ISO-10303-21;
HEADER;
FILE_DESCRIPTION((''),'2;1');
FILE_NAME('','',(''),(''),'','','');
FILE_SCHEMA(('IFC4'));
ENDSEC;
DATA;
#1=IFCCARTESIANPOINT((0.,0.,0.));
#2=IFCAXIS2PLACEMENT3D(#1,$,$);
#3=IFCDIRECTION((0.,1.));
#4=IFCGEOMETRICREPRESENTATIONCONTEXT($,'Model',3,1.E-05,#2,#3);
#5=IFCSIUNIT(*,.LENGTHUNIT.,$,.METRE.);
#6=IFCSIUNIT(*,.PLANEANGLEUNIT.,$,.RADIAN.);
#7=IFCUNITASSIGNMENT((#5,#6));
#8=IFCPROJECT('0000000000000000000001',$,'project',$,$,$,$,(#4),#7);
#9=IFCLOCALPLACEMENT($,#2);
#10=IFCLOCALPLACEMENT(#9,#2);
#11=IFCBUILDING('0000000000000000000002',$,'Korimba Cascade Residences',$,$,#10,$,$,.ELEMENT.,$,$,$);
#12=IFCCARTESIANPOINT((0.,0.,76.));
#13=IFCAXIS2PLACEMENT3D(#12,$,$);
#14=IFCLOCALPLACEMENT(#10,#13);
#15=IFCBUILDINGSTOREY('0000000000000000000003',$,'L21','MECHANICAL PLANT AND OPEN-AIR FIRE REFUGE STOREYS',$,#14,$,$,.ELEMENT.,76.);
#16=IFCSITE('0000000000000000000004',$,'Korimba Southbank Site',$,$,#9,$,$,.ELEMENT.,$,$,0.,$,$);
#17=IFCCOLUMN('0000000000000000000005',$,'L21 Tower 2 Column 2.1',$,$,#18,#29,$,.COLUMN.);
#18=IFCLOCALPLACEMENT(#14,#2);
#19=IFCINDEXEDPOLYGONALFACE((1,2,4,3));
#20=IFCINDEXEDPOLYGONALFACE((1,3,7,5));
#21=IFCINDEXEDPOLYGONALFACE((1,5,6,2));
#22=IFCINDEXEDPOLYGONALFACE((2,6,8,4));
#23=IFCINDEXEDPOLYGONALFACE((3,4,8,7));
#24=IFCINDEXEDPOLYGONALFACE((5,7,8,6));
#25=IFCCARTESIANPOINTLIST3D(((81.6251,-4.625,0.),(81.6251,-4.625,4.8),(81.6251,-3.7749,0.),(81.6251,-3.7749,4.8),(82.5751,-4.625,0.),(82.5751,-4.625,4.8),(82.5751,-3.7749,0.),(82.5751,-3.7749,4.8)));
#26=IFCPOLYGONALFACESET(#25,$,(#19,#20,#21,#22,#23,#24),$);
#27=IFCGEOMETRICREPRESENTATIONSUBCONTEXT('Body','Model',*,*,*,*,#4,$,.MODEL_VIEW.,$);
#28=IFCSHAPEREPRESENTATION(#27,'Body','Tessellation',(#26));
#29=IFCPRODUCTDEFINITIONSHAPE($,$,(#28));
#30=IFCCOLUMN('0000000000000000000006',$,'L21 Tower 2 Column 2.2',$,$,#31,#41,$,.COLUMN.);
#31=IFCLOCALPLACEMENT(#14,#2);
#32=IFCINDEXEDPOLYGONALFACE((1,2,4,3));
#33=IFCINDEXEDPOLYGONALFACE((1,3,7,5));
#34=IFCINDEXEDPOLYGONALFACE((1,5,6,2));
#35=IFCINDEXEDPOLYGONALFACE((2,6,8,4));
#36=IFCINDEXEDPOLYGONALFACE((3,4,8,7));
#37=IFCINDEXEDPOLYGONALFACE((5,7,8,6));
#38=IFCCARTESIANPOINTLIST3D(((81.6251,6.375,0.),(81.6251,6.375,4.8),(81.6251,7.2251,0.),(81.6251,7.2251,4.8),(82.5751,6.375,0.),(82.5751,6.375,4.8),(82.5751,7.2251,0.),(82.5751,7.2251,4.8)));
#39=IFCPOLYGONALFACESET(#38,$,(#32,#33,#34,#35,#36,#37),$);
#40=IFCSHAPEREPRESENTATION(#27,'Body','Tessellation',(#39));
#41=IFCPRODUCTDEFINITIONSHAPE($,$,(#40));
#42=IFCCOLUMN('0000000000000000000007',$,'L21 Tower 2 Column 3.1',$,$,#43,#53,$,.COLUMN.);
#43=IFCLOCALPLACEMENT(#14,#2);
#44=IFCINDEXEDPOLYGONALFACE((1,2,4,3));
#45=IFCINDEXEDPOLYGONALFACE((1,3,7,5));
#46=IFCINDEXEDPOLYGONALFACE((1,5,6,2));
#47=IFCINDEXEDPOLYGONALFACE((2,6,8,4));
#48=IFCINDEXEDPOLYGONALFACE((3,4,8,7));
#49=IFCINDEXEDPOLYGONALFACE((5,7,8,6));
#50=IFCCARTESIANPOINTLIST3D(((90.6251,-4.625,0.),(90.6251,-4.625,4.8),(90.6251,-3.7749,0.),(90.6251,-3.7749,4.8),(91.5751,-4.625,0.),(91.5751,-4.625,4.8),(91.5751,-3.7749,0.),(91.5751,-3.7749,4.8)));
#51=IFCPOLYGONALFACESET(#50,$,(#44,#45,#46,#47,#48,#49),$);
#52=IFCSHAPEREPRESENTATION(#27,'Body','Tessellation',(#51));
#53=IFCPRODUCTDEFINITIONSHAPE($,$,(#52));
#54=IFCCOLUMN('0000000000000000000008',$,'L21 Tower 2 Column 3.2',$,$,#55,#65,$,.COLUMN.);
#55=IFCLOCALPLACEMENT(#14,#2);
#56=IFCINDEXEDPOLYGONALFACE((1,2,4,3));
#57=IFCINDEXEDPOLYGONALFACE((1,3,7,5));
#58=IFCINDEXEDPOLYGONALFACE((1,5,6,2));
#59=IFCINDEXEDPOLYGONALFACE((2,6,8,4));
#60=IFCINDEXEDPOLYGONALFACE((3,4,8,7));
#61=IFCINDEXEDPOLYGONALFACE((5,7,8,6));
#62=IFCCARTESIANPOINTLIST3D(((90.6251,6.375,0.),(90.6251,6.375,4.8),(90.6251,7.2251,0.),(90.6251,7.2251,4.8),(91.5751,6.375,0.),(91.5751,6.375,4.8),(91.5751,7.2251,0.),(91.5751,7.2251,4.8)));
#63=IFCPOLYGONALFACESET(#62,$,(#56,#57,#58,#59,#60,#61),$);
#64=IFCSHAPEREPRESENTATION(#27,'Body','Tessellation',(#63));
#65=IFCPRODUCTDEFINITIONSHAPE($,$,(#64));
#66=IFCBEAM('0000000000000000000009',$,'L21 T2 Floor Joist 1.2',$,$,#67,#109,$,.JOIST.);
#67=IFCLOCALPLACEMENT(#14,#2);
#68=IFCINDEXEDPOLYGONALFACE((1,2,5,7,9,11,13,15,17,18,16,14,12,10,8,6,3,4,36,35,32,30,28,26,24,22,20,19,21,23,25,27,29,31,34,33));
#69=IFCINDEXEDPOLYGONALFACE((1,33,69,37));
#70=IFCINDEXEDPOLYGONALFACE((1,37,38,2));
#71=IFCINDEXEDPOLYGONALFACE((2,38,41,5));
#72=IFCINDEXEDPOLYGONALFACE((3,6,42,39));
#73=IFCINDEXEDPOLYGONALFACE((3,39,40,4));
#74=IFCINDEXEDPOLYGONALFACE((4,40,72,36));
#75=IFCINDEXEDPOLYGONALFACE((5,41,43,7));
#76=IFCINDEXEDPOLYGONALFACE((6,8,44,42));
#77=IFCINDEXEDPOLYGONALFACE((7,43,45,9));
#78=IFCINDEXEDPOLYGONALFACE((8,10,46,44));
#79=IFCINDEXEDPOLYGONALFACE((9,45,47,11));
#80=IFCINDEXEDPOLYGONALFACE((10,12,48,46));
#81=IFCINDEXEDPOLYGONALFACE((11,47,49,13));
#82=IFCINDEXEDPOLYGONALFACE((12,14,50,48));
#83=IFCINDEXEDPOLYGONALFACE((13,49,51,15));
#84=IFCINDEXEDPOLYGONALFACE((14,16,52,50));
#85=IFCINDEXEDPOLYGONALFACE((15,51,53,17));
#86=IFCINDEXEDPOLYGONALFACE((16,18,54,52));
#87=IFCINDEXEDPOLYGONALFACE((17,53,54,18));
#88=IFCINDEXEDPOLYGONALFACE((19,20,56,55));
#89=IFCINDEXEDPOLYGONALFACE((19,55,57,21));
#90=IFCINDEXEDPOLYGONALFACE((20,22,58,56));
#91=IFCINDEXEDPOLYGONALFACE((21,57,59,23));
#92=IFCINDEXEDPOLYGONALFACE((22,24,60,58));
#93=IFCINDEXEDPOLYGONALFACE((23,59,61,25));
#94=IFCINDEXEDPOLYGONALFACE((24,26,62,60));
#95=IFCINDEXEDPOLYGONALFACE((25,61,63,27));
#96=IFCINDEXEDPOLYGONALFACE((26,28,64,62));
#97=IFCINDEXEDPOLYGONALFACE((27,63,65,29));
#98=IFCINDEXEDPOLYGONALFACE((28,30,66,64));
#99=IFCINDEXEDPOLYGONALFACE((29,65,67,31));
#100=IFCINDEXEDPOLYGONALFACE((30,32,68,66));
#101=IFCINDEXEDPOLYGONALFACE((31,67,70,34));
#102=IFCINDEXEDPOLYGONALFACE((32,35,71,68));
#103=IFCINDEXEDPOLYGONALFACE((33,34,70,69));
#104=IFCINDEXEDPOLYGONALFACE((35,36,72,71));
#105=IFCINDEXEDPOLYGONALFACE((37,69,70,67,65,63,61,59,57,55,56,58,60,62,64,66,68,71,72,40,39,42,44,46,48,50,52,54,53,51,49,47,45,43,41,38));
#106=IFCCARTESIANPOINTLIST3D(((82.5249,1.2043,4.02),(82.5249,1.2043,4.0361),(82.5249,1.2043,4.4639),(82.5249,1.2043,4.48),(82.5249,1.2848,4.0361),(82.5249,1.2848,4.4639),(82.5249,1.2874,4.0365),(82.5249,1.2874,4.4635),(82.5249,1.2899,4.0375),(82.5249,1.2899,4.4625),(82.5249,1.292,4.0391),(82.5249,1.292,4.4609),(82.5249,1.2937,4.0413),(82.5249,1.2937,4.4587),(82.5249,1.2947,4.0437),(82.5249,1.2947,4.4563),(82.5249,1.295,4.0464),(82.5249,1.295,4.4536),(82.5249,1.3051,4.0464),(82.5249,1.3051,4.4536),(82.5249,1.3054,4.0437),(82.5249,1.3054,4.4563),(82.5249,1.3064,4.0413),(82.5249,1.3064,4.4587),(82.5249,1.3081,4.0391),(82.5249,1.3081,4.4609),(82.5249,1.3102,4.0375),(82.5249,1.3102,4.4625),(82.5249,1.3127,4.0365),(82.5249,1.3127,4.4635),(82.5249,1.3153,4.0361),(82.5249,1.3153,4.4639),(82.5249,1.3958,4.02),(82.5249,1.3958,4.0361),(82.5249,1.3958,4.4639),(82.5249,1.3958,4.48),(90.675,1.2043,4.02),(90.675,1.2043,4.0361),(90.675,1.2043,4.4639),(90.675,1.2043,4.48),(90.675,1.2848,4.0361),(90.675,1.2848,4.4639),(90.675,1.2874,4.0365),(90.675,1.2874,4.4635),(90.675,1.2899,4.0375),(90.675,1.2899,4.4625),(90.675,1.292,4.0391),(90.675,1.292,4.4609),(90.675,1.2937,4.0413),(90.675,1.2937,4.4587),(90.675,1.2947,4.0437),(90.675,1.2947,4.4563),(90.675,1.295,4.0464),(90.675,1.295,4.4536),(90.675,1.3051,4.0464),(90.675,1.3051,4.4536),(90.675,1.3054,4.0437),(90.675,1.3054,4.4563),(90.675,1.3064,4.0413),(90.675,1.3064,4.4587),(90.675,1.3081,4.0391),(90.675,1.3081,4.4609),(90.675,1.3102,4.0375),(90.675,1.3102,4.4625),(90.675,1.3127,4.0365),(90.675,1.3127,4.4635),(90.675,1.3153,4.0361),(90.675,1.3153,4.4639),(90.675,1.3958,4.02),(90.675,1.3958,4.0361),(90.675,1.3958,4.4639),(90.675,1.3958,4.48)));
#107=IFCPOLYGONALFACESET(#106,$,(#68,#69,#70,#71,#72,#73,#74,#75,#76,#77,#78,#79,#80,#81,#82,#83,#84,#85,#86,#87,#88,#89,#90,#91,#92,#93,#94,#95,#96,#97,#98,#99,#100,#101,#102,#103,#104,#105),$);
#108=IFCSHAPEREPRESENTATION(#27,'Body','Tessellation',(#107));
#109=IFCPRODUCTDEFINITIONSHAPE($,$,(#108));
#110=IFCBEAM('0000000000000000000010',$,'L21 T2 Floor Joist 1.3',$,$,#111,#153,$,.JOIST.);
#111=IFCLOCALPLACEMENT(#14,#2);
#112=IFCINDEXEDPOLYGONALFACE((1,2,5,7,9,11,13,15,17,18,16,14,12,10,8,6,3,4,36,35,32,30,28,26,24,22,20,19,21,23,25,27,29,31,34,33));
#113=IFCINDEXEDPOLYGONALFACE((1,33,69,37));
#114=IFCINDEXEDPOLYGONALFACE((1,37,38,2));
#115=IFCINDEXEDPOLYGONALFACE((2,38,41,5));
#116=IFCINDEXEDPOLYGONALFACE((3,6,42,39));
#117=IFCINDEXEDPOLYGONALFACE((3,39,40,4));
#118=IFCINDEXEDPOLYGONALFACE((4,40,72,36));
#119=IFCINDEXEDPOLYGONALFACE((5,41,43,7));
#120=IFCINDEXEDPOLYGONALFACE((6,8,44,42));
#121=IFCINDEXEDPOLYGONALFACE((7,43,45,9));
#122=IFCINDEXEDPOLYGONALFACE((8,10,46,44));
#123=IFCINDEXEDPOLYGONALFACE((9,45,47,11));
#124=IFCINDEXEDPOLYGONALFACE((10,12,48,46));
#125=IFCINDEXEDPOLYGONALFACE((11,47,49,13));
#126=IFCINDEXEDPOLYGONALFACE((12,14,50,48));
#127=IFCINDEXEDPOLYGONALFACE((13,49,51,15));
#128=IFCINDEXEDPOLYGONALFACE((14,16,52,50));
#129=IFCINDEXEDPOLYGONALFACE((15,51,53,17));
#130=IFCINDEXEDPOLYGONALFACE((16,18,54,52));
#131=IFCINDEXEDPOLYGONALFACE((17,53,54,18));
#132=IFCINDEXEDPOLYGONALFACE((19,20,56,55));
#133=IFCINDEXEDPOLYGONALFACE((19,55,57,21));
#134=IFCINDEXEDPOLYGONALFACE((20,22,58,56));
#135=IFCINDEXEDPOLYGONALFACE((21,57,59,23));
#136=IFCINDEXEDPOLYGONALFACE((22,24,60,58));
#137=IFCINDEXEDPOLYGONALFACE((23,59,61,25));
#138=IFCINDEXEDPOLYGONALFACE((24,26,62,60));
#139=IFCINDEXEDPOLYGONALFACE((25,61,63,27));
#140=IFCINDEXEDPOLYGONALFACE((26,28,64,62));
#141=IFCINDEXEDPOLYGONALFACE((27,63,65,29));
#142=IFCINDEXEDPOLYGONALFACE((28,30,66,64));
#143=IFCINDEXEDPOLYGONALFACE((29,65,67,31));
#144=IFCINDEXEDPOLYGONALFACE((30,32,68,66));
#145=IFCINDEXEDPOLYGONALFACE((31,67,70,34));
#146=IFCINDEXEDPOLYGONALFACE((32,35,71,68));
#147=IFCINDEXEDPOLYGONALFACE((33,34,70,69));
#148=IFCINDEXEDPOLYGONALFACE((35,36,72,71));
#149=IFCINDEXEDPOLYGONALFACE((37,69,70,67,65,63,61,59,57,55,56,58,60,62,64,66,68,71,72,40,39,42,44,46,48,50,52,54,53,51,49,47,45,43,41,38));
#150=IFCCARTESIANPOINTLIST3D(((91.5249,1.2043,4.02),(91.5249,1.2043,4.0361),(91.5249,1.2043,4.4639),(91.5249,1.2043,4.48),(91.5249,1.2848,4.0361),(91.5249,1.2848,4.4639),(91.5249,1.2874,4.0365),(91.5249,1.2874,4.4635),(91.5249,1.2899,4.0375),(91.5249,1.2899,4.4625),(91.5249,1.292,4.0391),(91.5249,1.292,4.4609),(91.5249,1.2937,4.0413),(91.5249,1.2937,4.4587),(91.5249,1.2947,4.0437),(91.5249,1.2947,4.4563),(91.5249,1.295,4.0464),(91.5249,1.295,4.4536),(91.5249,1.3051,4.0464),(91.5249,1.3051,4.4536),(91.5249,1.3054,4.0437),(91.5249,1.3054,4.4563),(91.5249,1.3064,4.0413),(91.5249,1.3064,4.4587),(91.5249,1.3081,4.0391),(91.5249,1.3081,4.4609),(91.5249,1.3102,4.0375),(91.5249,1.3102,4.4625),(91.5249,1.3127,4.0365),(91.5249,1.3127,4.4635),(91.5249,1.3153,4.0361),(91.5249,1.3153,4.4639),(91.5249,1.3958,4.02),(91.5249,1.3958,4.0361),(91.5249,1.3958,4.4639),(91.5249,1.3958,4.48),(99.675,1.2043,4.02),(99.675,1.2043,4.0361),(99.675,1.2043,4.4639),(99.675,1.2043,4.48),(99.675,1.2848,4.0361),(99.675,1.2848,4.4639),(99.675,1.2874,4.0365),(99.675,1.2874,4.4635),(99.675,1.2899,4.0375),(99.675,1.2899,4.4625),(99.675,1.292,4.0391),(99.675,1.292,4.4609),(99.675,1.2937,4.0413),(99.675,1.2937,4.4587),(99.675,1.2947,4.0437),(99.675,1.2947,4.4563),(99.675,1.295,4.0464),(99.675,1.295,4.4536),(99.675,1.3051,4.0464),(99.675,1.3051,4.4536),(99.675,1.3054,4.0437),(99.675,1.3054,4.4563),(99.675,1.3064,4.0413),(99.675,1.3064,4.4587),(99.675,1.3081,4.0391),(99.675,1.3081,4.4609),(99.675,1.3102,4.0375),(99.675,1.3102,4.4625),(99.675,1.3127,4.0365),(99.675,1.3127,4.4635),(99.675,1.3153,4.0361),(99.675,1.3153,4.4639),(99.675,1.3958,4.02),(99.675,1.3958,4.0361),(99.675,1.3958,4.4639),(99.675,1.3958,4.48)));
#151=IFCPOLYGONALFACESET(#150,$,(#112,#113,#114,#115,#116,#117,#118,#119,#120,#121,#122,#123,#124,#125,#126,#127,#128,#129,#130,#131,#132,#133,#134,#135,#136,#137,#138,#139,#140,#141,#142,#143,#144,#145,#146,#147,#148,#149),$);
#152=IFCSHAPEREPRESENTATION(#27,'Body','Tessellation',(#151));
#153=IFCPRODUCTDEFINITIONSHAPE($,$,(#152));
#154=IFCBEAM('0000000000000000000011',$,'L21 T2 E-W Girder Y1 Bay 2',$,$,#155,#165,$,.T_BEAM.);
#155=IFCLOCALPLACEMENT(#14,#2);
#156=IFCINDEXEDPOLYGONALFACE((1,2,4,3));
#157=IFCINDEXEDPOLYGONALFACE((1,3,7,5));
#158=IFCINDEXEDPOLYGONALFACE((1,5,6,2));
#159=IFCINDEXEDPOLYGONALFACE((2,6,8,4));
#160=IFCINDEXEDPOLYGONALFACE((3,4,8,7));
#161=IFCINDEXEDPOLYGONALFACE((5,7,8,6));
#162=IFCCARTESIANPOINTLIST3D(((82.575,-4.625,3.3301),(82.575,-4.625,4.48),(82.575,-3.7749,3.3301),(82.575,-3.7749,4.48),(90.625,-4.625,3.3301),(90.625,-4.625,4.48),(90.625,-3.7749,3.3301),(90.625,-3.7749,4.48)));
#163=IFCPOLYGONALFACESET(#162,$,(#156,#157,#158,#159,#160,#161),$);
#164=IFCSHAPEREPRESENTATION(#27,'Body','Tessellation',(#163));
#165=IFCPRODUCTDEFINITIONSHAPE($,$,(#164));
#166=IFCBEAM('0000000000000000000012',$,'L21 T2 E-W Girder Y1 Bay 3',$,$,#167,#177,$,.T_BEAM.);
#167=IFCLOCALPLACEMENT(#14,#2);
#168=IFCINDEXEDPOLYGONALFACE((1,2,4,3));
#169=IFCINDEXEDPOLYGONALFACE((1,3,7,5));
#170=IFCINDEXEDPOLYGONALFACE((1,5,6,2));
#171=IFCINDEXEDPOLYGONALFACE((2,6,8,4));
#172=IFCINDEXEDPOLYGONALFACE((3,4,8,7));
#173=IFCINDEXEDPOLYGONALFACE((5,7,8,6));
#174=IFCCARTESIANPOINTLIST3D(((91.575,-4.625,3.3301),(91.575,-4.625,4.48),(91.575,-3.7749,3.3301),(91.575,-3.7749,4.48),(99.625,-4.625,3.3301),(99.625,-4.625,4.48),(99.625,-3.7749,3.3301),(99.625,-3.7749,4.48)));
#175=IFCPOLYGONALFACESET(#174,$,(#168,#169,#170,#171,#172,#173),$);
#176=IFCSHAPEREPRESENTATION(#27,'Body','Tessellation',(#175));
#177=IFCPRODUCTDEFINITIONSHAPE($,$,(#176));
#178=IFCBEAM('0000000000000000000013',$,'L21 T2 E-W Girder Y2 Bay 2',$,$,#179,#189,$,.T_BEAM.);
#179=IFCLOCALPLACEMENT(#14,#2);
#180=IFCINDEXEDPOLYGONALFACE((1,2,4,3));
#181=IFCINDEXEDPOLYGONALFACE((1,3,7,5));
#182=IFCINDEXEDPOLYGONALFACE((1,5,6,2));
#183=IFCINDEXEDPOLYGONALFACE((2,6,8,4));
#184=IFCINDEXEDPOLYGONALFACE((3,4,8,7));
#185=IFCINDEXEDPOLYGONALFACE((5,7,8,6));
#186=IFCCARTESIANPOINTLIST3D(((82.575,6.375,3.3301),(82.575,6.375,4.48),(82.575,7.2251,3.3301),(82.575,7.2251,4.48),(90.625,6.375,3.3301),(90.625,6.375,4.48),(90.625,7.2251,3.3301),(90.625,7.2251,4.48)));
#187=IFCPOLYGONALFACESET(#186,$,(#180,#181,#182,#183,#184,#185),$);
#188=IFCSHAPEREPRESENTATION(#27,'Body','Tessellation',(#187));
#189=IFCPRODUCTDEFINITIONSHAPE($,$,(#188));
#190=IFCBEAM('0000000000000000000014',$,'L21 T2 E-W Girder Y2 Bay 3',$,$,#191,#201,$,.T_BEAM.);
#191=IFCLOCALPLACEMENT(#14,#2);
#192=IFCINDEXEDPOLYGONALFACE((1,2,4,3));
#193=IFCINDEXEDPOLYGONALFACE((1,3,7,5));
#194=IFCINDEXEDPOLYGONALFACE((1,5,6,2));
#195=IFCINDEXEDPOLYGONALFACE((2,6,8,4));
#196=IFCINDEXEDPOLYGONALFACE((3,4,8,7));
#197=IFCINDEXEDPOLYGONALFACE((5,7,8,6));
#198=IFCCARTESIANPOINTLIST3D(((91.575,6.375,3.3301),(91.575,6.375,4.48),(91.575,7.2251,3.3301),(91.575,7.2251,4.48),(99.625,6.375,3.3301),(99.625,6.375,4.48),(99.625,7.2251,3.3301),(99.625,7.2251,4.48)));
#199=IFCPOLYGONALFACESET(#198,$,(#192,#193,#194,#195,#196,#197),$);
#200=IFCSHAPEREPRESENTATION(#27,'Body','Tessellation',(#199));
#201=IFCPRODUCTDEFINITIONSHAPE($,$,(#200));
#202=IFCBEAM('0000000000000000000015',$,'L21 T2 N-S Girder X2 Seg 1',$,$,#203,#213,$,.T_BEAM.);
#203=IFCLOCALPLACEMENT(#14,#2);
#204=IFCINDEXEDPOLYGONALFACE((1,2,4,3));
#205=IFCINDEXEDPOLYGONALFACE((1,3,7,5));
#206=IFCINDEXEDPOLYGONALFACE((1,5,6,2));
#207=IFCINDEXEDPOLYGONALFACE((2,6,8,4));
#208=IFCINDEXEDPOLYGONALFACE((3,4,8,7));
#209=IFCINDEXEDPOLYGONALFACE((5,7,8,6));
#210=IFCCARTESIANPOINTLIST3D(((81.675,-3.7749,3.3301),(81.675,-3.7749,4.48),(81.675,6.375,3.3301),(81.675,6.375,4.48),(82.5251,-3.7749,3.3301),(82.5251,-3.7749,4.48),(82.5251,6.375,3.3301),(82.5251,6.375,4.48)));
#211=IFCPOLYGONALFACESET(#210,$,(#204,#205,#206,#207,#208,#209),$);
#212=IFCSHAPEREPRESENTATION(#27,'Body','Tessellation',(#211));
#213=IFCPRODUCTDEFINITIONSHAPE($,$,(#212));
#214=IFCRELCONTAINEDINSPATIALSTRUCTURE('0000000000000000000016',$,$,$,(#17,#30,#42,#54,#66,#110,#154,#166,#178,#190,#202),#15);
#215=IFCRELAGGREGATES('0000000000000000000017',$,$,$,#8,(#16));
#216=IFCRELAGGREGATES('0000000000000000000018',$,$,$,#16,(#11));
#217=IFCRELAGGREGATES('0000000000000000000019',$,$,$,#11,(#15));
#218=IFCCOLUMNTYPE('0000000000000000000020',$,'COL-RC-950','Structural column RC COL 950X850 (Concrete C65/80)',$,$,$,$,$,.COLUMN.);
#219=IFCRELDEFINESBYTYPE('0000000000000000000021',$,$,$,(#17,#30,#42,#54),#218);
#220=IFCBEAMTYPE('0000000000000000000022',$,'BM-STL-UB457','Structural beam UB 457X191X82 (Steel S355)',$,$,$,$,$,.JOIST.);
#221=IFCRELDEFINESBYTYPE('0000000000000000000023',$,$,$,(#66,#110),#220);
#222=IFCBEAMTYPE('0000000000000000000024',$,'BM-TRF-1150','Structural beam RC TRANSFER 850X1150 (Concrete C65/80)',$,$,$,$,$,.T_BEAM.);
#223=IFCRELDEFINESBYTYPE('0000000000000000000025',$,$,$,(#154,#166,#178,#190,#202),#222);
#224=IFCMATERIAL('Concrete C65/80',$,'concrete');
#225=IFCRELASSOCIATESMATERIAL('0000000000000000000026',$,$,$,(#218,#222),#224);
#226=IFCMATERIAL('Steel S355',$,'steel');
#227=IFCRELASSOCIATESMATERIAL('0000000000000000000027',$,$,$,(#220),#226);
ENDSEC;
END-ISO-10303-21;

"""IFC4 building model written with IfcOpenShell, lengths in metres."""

from ifc_helpers import new_model, si_unit, direction, frame, origin, origin_2d, place, context, subcontext, project, spatial, rectangle, i_section, extrude, material, material_profile, profile_set, type_object, element, save


model = new_model("IFC4")

# Units and contexts
model_context = context("Model", 3, precision=1e-05, world=origin(), true_north=direction((0.0, 1.0)))
body_context = subcontext(model_context, "Body", "Model", "MODEL_VIEW")
ifc_project = project(units=[si_unit("LENGTHUNIT", "METRE"), si_unit("PLANEANGLEUNIT", "RADIAN")], contexts=[model_context])

# Site, building, storey
site_placement = place(None, origin())
site = spatial("IfcSite", under=ifc_project, at=site_placement, Name="Korimba Southbank Site", CompositionType="ELEMENT", RefElevation=0.0)
building_placement = place(site_placement, origin())
building = spatial("IfcBuilding", under=site, at=building_placement, Name="Korimba Cascade Residences", CompositionType="ELEMENT")
storey_placement = place(building_placement, frame((0.0, 0.0, 76.0)))
storey = spatial("IfcBuildingStorey", under=building, at=storey_placement, Name="L21", Description="MECHANICAL PLANT AND OPEN-AIR FIRE REFUGE STOREYS", CompositionType="ELEMENT", Elevation=76.0)

# Columns
ifc_material_1 = material(Name="Concrete C65/80", Category="concrete")
ifc_material_profile_1 = material_profile(ifc_material_1, rectangle(XDim=0.95, YDim=0.8501, at=origin_2d()), Name="Concrete C65/80")
ifc_profile_set_1 = profile_set([ifc_material_profile_1], Name="Concrete C65/80")
column_type = type_object("IfcColumnType", Name="COL-RC-950", Description="Structural column RC COL 950X850 (Concrete C65/80)", PredefinedType="COLUMN", material=ifc_profile_set_1)
for number, where, z_axis, x_axis, name in (
    (1, (82.1001, -4.2, 0.0), (0.0, 0.0, 1.0), (1.0, 0.0, 0.0), "L21 Tower 2 Column 2.1"),
    (2, (82.1001, 6.8, 0.0), (0.0, 0.0, 1.0), (1.0, 0.0, 0.0), "L21 Tower 2 Column 2.2"),
    (3, (91.1001, -4.2, 0.0), (0.0, 0.0, 1.0), (1.0, 0.0, 0.0), "L21 Tower 2 Column 3.1"),
    (4, (91.1001, 6.8, 0.0), (0.0, 0.0, 1.0), (1.0, 0.0, 0.0), "L21 Tower 2 Column 3.2"),
):
    element("IfcColumn", number, at=place(storey_placement, frame(where, z_axis=z_axis, x_axis=x_axis)), inside=storey, type_object=column_type, Name=name, PredefinedType="COLUMN", context=body_context, shape_type="SweptSolid", body=[
        extrude(rectangle(XDim=0.95, YDim=0.8501, at=origin_2d()), origin(), (0.0, 0.0, 1.0), 4.8),
    ])

# Beams
ifc_material_2 = material(Name="Steel S355", Category="steel")
ifc_material_profile_2 = material_profile(ifc_material_2, i_section(OverallWidth=0.1914, OverallDepth=0.46, WebThickness=0.01, FlangeThickness=0.0161, FilletRadius=0.0103, at=origin_2d()), Name="Steel S355")
ifc_profile_set_2 = profile_set([ifc_material_profile_2], Name="Steel S355")
beam_type_1 = type_object("IfcBeamType", Name="BM-STL-UB457", Description="Structural beam UB 457X191X82 (Steel S355)", PredefinedType="JOIST", material=ifc_profile_set_2)
for number, where, z_axis, x_axis, name in (
    (5, (82.5249, 1.3, 4.25), (1.0, 0.0, 0.0), (0.0, 1.0, 0.0), "L21 T2 Floor Joist 1.2"),
    (6, (91.5249, 1.3, 4.25), (1.0, 0.0, 0.0), (0.0, 1.0, 0.0), "L21 T2 Floor Joist 1.3"),
):
    element("IfcBeam", number, at=place(storey_placement, frame(where, z_axis=z_axis, x_axis=x_axis)), inside=storey, type_object=beam_type_1, Name=name, PredefinedType="JOIST", context=body_context, shape_type="SweptSolid", body=[
        extrude(i_section(OverallWidth=0.1914, OverallDepth=0.46, WebThickness=0.01, FlangeThickness=0.0161, FilletRadius=0.0103, at=origin_2d()), origin(), (0.0, 0.0, 1.0), 8.1501),
    ])
ifc_material_profile_3 = material_profile(ifc_material_1, rectangle(XDim=0.8501, YDim=1.1499, at=origin_2d()), Name="Concrete C65/80")
ifc_profile_set_3 = profile_set([ifc_material_profile_3], Name="Concrete C65/80")
beam_type_2 = type_object("IfcBeamType", Name="BM-TRF-1150", Description="Structural beam RC TRANSFER 850X1150 (Concrete C65/80)", PredefinedType="T_BEAM", material=ifc_profile_set_3)
for number, where, z_axis, x_axis, name in (
    (7, (82.575, -4.2, 3.905), (1.0, 0.0, 0.0), (0.0, 1.0, 0.0), "L21 T2 E-W Girder Y1 Bay 2"),
    (8, (91.575, -4.2, 3.905), (1.0, 0.0, 0.0), (0.0, 1.0, 0.0), "L21 T2 E-W Girder Y1 Bay 3"),
    (9, (82.575, 6.8, 3.905), (1.0, 0.0, 0.0), (0.0, 1.0, 0.0), "L21 T2 E-W Girder Y2 Bay 2"),
    (10, (91.575, 6.8, 3.905), (1.0, 0.0, 0.0), (0.0, 1.0, 0.0), "L21 T2 E-W Girder Y2 Bay 3"),
):
    element("IfcBeam", number, at=place(storey_placement, frame(where, z_axis=z_axis, x_axis=x_axis)), inside=storey, type_object=beam_type_2, Name=name, PredefinedType="T_BEAM", context=body_context, shape_type="SweptSolid", body=[
        extrude(rectangle(XDim=0.8501, YDim=1.1499, at=origin_2d()), origin(), (0.0, 0.0, 1.0), 8.05),
    ])
beam_1_placement = place(storey_placement, frame((82.1001, -3.7749, 3.905), z_axis=(0.0, 1.0, 0.0), x_axis=(-1.0, 0.0, 0.0)))
element("IfcBeam", 11, at=beam_1_placement, inside=storey, type_object=beam_type_2, Name="L21 T2 N-S Girder X2 Seg 1", PredefinedType="T_BEAM", context=body_context, shape_type="SweptSolid", body=[
    extrude(rectangle(XDim=0.8501, YDim=1.1499, at=origin_2d()), origin(), (0.0, 0.0, 1.0), 10.1499),
])

save(model, "model.ifc")
